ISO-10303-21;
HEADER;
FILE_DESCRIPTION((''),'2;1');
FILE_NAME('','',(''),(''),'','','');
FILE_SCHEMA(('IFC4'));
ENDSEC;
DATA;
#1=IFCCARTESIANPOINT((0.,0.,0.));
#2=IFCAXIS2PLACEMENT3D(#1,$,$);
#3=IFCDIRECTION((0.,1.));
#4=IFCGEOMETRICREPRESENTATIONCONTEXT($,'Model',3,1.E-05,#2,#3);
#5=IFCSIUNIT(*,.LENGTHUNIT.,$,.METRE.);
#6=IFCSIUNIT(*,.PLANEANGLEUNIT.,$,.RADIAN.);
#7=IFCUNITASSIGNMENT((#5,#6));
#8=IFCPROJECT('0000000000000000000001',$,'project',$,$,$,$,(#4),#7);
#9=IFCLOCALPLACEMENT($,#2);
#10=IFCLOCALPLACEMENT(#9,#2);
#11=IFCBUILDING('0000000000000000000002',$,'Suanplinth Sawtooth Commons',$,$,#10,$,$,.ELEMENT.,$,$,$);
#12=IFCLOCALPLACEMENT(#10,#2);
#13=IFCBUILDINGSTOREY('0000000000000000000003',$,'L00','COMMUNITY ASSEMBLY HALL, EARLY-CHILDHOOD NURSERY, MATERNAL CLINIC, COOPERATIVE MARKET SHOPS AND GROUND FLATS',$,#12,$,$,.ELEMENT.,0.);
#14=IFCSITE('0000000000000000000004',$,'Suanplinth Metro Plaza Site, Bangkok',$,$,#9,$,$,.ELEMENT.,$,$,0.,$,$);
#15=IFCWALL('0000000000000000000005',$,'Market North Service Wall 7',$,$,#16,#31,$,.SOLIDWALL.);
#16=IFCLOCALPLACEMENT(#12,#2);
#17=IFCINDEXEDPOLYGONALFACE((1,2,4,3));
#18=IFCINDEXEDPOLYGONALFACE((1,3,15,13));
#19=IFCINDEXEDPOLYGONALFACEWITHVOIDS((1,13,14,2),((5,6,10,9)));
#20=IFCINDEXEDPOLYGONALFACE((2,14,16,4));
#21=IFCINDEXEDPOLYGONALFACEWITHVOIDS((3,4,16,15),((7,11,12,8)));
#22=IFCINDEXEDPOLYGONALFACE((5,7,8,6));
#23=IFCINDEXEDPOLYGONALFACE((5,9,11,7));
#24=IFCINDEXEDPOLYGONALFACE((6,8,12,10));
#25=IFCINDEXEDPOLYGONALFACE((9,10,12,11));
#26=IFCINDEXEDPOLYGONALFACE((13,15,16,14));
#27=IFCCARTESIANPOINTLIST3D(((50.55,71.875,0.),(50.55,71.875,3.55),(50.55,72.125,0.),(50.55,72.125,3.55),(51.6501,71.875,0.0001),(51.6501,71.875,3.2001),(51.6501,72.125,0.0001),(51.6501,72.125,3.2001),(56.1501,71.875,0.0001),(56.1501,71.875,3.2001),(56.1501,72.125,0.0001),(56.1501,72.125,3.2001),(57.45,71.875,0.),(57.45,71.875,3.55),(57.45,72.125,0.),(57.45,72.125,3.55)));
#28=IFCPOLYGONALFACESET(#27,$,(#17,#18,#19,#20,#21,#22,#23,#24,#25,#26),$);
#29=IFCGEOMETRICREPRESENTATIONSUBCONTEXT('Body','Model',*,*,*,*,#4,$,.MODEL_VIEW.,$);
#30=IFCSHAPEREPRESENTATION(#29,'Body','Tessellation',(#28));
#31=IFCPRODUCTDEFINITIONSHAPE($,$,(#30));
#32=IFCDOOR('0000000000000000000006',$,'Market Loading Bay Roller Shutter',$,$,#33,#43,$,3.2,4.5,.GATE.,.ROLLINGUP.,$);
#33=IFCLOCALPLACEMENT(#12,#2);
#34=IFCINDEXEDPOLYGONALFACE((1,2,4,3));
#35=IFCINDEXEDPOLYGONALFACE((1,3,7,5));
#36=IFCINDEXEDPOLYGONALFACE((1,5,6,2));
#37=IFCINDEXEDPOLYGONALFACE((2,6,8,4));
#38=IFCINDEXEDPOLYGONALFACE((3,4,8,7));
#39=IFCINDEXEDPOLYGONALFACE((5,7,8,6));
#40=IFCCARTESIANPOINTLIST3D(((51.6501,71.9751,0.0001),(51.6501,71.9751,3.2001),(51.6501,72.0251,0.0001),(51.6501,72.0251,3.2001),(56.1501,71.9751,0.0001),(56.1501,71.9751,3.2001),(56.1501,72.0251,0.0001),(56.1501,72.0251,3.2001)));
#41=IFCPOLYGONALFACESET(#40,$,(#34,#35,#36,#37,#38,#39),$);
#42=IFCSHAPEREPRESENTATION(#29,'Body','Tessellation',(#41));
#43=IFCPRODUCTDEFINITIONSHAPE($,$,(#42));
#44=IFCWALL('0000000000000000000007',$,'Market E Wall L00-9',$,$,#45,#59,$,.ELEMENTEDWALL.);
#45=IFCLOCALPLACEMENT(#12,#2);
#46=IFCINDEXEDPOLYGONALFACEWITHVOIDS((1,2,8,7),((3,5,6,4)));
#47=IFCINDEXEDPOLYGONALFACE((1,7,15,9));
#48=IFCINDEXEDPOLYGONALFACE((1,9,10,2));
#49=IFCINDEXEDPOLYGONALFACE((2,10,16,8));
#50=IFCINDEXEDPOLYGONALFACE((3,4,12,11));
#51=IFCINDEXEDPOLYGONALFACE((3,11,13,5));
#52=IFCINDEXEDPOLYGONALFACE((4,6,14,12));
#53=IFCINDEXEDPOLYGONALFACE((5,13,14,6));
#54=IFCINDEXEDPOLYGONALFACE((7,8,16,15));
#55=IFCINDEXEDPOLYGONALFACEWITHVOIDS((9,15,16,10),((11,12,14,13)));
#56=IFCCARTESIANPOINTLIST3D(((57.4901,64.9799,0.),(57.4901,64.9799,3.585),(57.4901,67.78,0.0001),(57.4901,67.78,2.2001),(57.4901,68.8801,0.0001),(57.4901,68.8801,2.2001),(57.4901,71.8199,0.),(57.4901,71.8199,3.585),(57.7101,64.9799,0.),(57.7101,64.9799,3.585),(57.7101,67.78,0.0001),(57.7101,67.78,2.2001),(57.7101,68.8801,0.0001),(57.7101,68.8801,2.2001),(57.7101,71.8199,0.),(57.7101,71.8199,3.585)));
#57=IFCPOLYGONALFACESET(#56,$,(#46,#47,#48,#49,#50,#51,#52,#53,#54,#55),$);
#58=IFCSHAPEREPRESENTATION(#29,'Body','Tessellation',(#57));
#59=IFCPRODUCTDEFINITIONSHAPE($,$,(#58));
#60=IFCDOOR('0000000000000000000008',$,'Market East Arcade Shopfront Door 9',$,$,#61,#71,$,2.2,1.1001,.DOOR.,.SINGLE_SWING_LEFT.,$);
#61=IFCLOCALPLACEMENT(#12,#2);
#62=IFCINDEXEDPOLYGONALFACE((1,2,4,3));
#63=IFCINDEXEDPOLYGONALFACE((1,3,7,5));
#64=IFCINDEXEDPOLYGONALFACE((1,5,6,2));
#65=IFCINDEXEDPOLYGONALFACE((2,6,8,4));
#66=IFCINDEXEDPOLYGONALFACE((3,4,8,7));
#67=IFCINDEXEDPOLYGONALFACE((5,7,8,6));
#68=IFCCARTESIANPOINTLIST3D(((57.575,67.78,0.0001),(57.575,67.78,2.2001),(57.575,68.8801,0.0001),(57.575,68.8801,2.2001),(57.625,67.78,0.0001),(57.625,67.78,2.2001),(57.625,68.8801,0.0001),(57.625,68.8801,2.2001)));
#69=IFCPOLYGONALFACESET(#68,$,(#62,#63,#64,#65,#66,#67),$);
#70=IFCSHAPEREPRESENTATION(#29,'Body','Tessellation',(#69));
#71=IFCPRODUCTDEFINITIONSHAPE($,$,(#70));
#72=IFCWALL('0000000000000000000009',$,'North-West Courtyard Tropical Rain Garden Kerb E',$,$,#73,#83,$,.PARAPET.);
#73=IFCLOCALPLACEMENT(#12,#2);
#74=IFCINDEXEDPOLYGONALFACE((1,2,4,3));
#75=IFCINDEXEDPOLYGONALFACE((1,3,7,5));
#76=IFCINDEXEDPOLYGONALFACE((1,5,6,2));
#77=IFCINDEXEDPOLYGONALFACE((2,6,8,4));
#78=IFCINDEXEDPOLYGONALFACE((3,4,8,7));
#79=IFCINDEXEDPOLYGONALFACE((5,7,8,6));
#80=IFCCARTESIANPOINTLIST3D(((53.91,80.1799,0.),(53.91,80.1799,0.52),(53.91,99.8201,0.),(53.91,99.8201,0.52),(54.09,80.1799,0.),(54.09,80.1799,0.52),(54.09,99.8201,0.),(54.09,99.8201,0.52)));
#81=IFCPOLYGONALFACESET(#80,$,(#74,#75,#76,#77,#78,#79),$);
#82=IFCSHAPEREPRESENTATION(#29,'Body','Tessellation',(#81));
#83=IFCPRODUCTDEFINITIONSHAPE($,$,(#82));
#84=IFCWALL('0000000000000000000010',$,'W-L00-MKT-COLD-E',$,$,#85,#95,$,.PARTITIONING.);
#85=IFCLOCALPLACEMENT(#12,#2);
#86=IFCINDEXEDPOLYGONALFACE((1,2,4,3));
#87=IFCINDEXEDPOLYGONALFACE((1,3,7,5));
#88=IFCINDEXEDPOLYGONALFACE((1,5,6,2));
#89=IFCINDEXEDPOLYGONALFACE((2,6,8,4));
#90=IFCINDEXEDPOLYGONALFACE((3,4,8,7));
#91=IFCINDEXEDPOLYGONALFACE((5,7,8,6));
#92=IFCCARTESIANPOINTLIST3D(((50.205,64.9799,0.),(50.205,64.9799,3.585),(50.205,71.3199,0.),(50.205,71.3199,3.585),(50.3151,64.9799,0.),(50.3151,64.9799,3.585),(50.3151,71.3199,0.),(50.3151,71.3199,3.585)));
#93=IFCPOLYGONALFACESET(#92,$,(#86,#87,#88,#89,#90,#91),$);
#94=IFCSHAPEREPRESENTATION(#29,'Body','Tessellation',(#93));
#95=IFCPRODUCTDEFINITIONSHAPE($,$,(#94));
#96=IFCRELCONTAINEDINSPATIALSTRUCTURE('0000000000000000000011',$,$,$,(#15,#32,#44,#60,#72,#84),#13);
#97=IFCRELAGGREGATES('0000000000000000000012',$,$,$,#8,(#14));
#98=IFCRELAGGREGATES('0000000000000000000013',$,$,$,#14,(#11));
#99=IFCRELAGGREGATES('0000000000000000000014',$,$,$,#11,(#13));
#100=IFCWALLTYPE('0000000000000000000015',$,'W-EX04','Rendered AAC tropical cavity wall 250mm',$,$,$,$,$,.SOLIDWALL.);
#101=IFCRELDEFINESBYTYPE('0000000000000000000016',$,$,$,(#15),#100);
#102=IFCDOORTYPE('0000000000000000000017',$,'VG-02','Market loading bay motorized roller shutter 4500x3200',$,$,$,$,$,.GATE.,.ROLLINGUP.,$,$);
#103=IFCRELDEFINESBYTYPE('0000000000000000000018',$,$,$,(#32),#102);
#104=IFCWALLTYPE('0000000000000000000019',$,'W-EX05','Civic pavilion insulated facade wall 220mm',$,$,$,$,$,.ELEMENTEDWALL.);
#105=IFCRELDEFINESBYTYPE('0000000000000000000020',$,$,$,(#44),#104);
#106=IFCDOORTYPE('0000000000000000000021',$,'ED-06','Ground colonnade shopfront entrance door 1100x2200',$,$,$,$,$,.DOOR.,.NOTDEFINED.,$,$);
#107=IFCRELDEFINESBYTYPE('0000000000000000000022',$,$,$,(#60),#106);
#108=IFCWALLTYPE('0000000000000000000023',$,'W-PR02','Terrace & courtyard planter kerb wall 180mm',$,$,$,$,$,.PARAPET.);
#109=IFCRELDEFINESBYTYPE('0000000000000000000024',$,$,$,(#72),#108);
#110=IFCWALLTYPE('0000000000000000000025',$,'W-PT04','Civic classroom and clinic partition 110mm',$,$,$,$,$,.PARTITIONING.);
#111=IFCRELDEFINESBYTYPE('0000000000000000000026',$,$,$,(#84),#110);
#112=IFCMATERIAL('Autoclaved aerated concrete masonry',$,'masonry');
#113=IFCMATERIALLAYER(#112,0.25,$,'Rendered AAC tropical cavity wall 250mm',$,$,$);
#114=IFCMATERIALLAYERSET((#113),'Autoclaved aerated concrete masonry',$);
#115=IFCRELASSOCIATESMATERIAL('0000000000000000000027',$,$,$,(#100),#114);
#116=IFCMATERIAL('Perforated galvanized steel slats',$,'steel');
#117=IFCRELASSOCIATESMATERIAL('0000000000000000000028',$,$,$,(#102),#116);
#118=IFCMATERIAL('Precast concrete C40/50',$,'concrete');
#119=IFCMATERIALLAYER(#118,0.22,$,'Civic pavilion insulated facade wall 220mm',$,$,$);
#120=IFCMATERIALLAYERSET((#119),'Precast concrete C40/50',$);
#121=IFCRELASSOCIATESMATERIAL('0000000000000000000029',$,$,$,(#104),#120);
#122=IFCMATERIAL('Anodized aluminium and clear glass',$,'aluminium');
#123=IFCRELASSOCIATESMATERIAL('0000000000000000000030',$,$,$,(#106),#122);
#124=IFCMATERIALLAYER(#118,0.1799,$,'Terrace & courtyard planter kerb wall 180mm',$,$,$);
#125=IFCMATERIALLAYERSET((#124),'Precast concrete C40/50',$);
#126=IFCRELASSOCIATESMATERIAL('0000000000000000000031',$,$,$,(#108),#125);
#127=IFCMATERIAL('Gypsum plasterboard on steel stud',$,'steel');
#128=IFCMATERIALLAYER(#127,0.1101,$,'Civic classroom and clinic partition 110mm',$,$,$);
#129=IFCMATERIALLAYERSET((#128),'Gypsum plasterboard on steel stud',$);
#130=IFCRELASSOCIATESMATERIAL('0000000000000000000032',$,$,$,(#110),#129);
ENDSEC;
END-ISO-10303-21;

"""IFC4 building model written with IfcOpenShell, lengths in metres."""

from ifc_helpers import new_model, si_unit, direction, frame, frame_2d, origin, place, context, subcontext, project, spatial, rectangle, extrude, material, layer, layer_set, type_object, element, fill, save


model = new_model("IFC4")

# Units and contexts
model_context = context("Model", 3, precision=1e-05, world=origin(), true_north=direction((0.0, 1.0)))
body_context = subcontext(model_context, "Body", "Model", "MODEL_VIEW")
ifc_project = project(units=[si_unit("LENGTHUNIT", "METRE"), si_unit("PLANEANGLEUNIT", "RADIAN")], contexts=[model_context])

# Site, building, storey
site_placement = place(None, origin())
site = spatial("IfcSite", under=ifc_project, at=site_placement, Name="Suanplinth Metro Plaza Site, Bangkok", CompositionType="ELEMENT", RefElevation=0.0)
building_placement = place(site_placement, origin())
building = spatial("IfcBuilding", under=site, at=building_placement, Name="Suanplinth Sawtooth Commons", CompositionType="ELEMENT")
storey_placement = place(building_placement, origin())
storey = spatial("IfcBuildingStorey", under=building, at=storey_placement, Name="L00", Description="COMMUNITY ASSEMBLY HALL, EARLY-CHILDHOOD NURSERY, MATERNAL CLINIC, COOPERATIVE MARKET SHOPS AND GROUND FLATS", CompositionType="ELEMENT", Elevation=0.0)

# Shared definitions
ifc_material_1 = material(Name="Precast concrete C40/50", Category="concrete")

# Walls, openings, doors
ifc_material_2 = material(Name="Autoclaved aerated concrete masonry", Category="masonry")
ifc_layer_1 = layer(ifc_material_2, 0.25, Name="Rendered AAC tropical cavity wall 250mm")
ifc_layer_set_1 = layer_set([ifc_layer_1], Name="Autoclaved aerated concrete masonry")
wall_type_1 = type_object("IfcWallType", Name="W-EX04", Description="Rendered AAC tropical cavity wall 250mm", PredefinedType="SOLIDWALL", material=ifc_layer_set_1)
wall_1_placement = place(storey_placement, frame((50.55, 72.0, 0.0), z_axis=(0.0, 0.0, 1.0), x_axis=(1.0, 0.0, 0.0)))
wall_1 = element("IfcWall", 1, at=wall_1_placement, inside=storey, type_object=wall_type_1, Name="Market North Service Wall 7", PredefinedType="SOLIDWALL", context=body_context, shape_type="SweptSolid", body=[
    extrude(rectangle(XDim=6.8999, YDim=0.25, at=frame_2d((3.45, 0.0))), origin(), (0.0, 0.0, 1.0), 3.55),
])
opening_1_placement = place(wall_1_placement, frame((1.1001, 0.0, 0.0)))
opening_1 = element("IfcOpeningElement", 2, at=opening_1_placement, cuts=wall_1, PredefinedType="OPENING", context=body_context, shape_type="SweptSolid", body=[
    extrude(rectangle(XDim=4.5, YDim=3.2, at=frame_2d((2.25, 1.6001))), frame((0.0, 0.1399, 0.0), z_axis=(0.0, -1.0, 0.0), x_axis=(1.0, 0.0, 0.0)), (0.0, 0.0, 1.0), 0.2798),
])
ifc_material_3 = material(Name="Perforated galvanized steel slats", Category="steel")
door_type_1 = type_object("IfcDoorType", Name="VG-02", Description="Market loading bay motorized roller shutter 4500x3200", OperationType="ROLLINGUP", PredefinedType="GATE", material=ifc_material_3)
door_1_placement = place(opening_1_placement, frame((4.5, 0.0, 0.0), z_axis=(0.0, 0.0, 1.0), x_axis=(-1.0, 0.0, 0.0)))
door_1 = element("IfcDoor", 3, at=door_1_placement, inside=storey, type_object=door_type_1, Name="Market Loading Bay Roller Shutter", OperationType="ROLLINGUP", OverallHeight=3.2, OverallWidth=4.5, PredefinedType="GATE", context=body_context, shape_type="SweptSolid", body=[
    extrude(rectangle(XDim=4.5, YDim=3.2, at=frame_2d((2.25, 1.6001))), frame((0.0, 0.0249, 0.0), z_axis=(0.0, -1.0, 0.0), x_axis=(1.0, 0.0, 0.0)), (0.0, 0.0, 1.0), 0.05),
])
fill(opening_1, door_1)
ifc_layer_2 = layer(ifc_material_1, 0.22, Name="Civic pavilion insulated facade wall 220mm")
ifc_layer_set_2 = layer_set([ifc_layer_2], Name="Precast concrete C40/50")
wall_type_2 = type_object("IfcWallType", Name="W-EX05", Description="Civic pavilion insulated facade wall 220mm", PredefinedType="ELEMENTEDWALL", material=ifc_layer_set_2)
wall_2_placement = place(storey_placement, frame((57.6001, 64.98, 0.0), z_axis=(0.0, 0.0, 1.0), x_axis=(0.0, 1.0, 0.0)))
wall_2 = element("IfcWall", 4, at=wall_2_placement, inside=storey, type_object=wall_type_2, Name="Market E Wall L00-9", PredefinedType="ELEMENTEDWALL", context=body_context, shape_type="SweptSolid", body=[
    extrude(rectangle(XDim=6.8401, YDim=0.22, at=frame_2d((3.4199, 0.0))), origin(), (0.0, 0.0, 1.0), 3.585),
])
opening_2_placement = place(wall_2_placement, frame((2.8, 0.0, 0.0)))
opening_2 = element("IfcOpeningElement", 5, at=opening_2_placement, cuts=wall_2, PredefinedType="OPENING", context=body_context, shape_type="SweptSolid", body=[
    extrude(rectangle(XDim=1.1001, YDim=2.2, at=frame_2d((0.55, 1.1001))), frame((0.0, 0.125, 0.0), z_axis=(0.0, -1.0, 0.0), x_axis=(1.0, 0.0, 0.0)), (0.0, 0.0, 1.0), 0.2498),
])
ifc_material_4 = material(Name="Anodized aluminium and clear glass", Category="aluminium")
door_type_2 = type_object("IfcDoorType", Name="ED-06", Description="Ground colonnade shopfront entrance door 1100x2200", OperationType="NOTDEFINED", PredefinedType="DOOR", material=ifc_material_4)
door_2_placement = place(opening_2_placement, frame((1.1001, 0.0, 0.0), z_axis=(0.0, 0.0, 1.0), x_axis=(-1.0, 0.0, 0.0)))
door_2 = element("IfcDoor", 6, at=door_2_placement, inside=storey, type_object=door_type_2, Name="Market East Arcade Shopfront Door 9", OperationType="SINGLE_SWING_LEFT", OverallHeight=2.2, OverallWidth=1.1001, PredefinedType="DOOR", context=body_context, shape_type="SweptSolid", body=[
    extrude(rectangle(XDim=1.1001, YDim=2.2, at=frame_2d((0.55, 1.1001))), frame((0.0, 0.0249, 0.0), z_axis=(0.0, -1.0, 0.0), x_axis=(1.0, 0.0, 0.0)), (0.0, 0.0, 1.0), 0.05),
])
fill(opening_2, door_2)

# Walls
ifc_layer_3 = layer(ifc_material_1, 0.1799, Name="Terrace & courtyard planter kerb wall 180mm")
ifc_layer_set_3 = layer_set([ifc_layer_3], Name="Precast concrete C40/50")
wall_type_3 = type_object("IfcWallType", Name="W-PR02", Description="Terrace & courtyard planter kerb wall 180mm", PredefinedType="PARAPET", material=ifc_layer_set_3)
wall_3_placement = place(storey_placement, frame((54.0, 80.1799, 0.0), z_axis=(0.0, 0.0, 1.0), x_axis=(0.0, 1.0, 0.0)))
element("IfcWall", 7, at=wall_3_placement, inside=storey, type_object=wall_type_3, Name="North-West Courtyard Tropical Rain Garden Kerb E", PredefinedType="PARAPET", context=body_context, shape_type="SweptSolid", body=[
    extrude(rectangle(XDim=19.6401, YDim=0.1799, at=frame_2d((9.8201, 0.0))), origin(), (0.0, 0.0, 1.0), 0.52),
])
ifc_material_5 = material(Name="Gypsum plasterboard on steel stud", Category="steel")
ifc_layer_4 = layer(ifc_material_5, 0.1101, Name="Civic classroom and clinic partition 110mm")
ifc_layer_set_4 = layer_set([ifc_layer_4], Name="Gypsum plasterboard on steel stud")
wall_type_4 = type_object("IfcWallType", Name="W-PT04", Description="Civic classroom and clinic partition 110mm", PredefinedType="PARTITIONING", material=ifc_layer_set_4)
wall_4_placement = place(storey_placement, frame((50.26, 64.98, 0.0), z_axis=(0.0, 0.0, 1.0), x_axis=(0.0, 1.0, 0.0)))
element("IfcWall", 8, at=wall_4_placement, inside=storey, type_object=wall_type_4, Name="W-L00-MKT-COLD-E", PredefinedType="PARTITIONING", context=body_context, shape_type="SweptSolid", body=[
    extrude(rectangle(XDim=6.3401, YDim=0.1101, at=frame_2d((3.1699, 0.0))), origin(), (0.0, 0.0, 1.0), 3.585),
])

save(model, "model.ifc")
